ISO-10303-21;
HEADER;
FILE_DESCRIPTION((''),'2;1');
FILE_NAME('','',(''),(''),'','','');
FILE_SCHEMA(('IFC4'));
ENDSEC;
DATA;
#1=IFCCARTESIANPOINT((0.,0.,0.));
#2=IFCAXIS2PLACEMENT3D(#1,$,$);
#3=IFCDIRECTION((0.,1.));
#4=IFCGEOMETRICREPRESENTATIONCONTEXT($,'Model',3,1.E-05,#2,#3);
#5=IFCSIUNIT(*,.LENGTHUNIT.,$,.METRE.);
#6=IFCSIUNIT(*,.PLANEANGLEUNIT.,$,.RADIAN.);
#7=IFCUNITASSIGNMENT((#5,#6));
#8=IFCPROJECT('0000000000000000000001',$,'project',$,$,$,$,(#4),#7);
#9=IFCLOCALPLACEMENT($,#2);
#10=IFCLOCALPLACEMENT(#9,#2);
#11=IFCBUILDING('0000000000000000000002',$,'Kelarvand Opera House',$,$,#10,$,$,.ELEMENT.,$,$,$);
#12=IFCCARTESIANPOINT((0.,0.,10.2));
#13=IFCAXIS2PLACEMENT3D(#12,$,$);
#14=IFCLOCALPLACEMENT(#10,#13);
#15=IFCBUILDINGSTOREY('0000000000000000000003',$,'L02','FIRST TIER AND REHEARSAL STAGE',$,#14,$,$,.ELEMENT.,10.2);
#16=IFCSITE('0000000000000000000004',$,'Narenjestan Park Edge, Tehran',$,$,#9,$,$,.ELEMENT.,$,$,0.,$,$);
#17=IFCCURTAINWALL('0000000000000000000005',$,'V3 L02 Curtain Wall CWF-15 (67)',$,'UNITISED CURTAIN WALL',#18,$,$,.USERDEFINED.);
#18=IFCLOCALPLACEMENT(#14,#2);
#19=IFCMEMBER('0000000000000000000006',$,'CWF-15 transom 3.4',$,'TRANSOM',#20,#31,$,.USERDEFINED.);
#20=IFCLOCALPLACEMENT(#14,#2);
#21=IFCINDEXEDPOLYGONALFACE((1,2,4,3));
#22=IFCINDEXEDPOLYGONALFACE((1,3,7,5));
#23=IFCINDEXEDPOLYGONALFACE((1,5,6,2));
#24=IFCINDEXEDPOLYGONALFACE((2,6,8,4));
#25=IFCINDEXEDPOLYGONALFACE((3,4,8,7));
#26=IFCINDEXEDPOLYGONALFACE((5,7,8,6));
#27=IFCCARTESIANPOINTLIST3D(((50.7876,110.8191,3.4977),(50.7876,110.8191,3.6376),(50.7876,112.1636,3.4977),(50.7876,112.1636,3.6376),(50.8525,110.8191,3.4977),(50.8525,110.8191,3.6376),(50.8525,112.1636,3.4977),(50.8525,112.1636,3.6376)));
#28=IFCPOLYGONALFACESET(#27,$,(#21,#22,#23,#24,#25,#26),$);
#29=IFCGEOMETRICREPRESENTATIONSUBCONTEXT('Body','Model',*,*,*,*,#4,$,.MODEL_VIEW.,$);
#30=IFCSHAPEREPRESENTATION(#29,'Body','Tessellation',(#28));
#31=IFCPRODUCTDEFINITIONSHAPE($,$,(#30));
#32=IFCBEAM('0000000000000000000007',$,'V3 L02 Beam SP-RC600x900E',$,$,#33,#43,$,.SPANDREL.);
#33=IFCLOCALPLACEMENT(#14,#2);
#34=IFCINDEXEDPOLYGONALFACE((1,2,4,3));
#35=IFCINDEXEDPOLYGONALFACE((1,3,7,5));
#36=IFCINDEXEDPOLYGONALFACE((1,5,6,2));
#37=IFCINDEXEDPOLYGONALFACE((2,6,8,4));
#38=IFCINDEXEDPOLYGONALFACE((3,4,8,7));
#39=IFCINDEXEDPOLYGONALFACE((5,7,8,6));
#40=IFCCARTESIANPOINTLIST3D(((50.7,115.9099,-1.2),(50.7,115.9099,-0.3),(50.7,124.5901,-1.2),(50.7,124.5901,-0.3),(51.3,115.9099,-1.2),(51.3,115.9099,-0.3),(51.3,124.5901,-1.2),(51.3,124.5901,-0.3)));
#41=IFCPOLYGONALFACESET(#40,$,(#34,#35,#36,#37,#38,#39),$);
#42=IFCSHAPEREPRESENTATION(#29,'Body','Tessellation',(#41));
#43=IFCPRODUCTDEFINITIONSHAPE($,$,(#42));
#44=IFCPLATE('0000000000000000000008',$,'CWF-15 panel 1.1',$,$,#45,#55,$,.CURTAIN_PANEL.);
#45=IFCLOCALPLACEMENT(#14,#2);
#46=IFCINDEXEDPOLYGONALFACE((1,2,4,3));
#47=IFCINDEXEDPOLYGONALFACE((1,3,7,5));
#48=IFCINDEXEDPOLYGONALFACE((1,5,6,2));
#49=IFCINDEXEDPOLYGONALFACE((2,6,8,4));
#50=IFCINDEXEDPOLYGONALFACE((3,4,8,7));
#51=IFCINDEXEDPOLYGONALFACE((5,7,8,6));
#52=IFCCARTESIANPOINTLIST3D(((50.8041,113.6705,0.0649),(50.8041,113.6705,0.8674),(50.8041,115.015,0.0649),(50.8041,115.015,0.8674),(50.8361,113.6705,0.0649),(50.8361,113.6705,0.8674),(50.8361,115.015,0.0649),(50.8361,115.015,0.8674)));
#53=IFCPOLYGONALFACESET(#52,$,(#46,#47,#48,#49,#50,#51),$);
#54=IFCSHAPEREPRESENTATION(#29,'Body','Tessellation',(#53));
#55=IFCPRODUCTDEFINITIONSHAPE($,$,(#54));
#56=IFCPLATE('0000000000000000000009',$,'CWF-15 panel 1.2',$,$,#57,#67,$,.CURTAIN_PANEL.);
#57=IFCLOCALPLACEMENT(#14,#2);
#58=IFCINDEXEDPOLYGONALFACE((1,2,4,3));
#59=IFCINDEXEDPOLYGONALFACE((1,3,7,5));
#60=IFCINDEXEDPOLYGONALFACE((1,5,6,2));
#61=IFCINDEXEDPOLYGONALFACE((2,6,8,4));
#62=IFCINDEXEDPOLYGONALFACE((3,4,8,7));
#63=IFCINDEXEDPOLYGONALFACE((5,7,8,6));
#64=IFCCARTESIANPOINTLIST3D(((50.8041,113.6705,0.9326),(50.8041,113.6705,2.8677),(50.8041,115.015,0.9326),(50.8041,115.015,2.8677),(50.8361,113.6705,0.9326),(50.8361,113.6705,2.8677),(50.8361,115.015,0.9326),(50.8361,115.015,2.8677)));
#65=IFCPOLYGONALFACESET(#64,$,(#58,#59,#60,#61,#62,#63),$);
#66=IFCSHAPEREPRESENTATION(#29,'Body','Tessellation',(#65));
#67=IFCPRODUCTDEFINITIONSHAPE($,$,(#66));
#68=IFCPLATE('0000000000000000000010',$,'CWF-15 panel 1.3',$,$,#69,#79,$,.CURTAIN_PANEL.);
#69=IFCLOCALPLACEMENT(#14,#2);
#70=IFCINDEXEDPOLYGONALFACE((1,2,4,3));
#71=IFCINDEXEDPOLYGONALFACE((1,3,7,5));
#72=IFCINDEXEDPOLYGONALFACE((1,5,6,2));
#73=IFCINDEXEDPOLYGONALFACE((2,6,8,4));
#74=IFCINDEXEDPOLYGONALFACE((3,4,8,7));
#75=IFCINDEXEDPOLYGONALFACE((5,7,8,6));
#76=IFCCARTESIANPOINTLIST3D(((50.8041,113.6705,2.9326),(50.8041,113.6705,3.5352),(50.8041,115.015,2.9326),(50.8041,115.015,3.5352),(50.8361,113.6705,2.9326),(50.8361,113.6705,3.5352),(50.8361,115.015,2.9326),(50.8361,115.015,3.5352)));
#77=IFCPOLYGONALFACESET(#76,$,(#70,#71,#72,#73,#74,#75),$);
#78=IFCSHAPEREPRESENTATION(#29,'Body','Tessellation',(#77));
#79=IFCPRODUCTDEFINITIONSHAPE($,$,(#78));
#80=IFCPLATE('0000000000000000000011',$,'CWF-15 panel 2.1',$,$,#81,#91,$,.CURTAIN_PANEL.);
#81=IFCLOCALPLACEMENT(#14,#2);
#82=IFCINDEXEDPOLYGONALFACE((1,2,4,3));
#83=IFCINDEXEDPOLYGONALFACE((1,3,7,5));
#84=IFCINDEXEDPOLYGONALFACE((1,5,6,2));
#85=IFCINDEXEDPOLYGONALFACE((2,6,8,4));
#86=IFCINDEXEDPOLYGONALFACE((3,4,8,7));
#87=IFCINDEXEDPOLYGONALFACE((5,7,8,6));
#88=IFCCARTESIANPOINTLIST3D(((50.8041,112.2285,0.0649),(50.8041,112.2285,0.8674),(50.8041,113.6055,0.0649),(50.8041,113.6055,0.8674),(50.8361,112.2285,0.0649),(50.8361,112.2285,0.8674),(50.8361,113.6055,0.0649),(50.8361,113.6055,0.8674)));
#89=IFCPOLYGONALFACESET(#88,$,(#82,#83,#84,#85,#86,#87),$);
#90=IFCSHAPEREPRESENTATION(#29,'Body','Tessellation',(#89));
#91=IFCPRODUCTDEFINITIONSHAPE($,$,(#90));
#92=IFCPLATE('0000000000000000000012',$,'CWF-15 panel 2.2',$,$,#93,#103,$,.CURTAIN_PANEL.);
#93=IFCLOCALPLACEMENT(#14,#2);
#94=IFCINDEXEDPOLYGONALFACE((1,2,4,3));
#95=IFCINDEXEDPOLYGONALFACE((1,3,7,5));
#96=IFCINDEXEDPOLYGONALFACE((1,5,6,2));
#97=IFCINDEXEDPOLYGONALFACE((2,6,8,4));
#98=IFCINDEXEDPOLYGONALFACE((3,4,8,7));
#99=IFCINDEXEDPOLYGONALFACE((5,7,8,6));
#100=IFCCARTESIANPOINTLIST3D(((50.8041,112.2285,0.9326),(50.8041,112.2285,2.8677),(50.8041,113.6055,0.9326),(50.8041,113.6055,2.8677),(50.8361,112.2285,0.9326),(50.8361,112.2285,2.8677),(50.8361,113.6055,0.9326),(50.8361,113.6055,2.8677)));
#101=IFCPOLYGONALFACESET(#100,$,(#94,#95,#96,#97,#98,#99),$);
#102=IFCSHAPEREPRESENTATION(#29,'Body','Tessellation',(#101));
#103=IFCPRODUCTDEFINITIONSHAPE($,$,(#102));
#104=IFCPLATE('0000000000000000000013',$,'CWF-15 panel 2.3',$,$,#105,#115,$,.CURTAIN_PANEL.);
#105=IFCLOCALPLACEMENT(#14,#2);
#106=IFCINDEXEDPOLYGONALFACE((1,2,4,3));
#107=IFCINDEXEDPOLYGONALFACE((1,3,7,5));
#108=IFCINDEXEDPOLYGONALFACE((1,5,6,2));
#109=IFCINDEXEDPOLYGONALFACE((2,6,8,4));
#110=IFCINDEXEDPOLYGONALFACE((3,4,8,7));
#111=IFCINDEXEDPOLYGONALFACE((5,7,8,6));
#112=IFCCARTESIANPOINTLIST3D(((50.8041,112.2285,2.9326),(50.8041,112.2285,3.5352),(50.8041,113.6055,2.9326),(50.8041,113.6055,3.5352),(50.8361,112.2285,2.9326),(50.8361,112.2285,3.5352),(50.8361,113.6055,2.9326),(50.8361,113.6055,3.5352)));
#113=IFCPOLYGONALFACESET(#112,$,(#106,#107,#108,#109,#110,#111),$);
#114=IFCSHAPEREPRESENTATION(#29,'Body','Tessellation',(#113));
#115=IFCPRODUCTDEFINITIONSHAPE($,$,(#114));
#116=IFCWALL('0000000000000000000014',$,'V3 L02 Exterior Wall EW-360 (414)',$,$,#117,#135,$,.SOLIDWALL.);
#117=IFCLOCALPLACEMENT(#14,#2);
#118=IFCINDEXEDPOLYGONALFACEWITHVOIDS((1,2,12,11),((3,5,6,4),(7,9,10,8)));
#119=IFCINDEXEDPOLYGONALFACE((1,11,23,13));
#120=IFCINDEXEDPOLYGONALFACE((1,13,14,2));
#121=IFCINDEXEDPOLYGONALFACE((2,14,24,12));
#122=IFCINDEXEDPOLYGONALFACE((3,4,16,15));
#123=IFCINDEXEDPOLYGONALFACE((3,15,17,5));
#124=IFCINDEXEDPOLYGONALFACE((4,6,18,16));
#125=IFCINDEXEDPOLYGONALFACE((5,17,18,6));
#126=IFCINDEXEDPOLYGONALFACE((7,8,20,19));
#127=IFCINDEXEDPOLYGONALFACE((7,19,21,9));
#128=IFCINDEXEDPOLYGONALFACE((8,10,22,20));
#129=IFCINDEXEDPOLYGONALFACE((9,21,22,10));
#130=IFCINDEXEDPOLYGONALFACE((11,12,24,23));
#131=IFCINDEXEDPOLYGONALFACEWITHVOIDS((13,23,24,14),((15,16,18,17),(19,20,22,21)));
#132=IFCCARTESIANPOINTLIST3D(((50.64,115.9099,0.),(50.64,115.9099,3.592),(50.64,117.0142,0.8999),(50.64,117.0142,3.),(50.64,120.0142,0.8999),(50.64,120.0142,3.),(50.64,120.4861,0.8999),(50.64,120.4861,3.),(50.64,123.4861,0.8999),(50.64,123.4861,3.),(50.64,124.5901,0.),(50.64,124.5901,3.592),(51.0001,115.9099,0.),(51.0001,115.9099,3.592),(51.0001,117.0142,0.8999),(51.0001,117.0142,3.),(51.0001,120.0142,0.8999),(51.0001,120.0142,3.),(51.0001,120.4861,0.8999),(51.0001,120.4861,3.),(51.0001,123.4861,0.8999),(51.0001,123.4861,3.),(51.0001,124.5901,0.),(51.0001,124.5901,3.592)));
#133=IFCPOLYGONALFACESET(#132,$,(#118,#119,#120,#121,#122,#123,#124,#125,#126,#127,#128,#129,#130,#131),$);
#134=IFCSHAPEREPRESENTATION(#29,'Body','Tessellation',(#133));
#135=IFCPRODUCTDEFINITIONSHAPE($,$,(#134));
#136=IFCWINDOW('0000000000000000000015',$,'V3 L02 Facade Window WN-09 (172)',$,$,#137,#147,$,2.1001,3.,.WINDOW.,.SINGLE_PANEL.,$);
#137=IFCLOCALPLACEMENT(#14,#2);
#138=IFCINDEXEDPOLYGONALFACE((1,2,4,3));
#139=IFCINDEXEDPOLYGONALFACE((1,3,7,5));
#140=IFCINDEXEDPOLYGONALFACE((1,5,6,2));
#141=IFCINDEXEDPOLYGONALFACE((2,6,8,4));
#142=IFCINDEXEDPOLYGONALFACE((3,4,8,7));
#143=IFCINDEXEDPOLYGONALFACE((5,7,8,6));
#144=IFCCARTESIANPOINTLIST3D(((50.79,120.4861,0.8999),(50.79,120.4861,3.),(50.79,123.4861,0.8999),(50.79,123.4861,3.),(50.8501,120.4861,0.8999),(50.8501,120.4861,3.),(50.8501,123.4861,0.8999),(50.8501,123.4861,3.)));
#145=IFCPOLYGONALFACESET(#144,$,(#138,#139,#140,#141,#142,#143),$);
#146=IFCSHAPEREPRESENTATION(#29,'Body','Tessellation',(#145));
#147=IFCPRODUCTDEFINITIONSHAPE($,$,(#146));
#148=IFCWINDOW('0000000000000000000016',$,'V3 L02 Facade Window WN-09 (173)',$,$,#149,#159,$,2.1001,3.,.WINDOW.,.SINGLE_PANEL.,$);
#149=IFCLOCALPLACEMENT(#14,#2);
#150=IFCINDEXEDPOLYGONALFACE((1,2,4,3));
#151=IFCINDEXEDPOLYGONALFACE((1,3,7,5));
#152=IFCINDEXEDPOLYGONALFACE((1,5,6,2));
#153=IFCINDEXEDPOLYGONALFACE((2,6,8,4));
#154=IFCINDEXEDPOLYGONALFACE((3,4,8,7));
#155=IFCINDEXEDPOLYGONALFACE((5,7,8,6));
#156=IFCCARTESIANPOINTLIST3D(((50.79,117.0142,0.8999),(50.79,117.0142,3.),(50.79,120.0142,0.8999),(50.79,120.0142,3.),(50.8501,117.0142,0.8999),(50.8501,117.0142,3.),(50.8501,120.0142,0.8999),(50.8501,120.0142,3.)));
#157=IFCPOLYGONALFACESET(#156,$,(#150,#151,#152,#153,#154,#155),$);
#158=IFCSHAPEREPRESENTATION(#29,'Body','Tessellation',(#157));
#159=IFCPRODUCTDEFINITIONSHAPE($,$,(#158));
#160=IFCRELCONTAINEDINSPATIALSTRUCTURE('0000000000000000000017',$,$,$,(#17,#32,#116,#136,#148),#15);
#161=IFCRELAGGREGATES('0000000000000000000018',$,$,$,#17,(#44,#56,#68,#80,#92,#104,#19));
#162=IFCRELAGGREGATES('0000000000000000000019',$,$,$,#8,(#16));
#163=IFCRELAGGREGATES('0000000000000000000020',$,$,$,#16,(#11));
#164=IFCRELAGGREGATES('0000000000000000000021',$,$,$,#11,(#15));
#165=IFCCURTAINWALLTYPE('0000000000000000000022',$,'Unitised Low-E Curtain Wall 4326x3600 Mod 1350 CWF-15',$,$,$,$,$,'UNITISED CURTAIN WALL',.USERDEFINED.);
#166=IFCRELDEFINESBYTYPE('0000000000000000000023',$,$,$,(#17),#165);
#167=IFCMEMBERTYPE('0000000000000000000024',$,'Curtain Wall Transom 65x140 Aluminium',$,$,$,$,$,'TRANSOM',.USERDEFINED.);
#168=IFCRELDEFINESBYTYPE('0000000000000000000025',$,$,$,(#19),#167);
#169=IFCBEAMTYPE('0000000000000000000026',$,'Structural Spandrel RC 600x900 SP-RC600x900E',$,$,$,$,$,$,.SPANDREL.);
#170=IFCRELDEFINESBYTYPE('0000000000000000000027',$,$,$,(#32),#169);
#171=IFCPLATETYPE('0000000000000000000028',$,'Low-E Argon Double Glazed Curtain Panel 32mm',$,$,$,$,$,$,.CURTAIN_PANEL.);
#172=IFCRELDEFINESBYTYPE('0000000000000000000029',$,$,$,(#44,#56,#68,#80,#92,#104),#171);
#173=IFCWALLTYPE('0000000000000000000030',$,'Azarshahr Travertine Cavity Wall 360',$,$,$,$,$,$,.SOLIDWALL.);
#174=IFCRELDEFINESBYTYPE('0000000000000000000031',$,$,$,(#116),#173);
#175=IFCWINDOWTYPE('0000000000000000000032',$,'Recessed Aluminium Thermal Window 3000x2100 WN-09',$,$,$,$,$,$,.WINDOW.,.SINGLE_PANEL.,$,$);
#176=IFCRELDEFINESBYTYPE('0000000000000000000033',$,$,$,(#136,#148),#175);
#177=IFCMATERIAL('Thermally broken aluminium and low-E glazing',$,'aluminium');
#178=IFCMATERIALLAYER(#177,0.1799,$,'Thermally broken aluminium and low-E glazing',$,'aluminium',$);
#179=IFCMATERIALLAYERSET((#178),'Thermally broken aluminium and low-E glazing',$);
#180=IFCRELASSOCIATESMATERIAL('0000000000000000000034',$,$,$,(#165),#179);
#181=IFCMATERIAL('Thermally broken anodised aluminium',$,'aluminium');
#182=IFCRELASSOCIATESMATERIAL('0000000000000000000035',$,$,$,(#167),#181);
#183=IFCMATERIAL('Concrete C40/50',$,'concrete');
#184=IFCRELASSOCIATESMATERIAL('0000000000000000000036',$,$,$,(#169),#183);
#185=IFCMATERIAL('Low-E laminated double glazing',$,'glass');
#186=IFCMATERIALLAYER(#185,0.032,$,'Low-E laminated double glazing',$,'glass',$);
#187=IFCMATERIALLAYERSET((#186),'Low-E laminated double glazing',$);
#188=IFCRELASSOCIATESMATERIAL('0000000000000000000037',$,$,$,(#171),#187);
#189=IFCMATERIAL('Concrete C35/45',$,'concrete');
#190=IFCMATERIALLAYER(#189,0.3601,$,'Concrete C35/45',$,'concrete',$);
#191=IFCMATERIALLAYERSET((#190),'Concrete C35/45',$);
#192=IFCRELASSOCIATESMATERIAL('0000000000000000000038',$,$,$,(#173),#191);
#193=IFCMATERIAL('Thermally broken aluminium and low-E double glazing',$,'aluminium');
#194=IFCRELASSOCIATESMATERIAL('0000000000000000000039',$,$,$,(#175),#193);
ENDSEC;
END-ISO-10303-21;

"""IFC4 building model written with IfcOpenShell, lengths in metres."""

from ifc_helpers import new_model, si_unit, direction, frame, frame_2d, origin, origin_2d, place, context, subcontext, project, spatial, rectangle, extrude, material, layer, layer_set, material_profile, profile_set, type_object, element, fill, aggregate, save


model = new_model("IFC4")

# Units and contexts
model_context = context("Model", 3, precision=1e-05, world=origin(), true_north=direction((0.0, 1.0)))
body_context = subcontext(model_context, "Body", "Model", "MODEL_VIEW")
ifc_project = project(units=[si_unit("LENGTHUNIT", "METRE"), si_unit("PLANEANGLEUNIT", "RADIAN")], contexts=[model_context])

# Site, building, storey
site_placement = place(None, origin())
site = spatial("IfcSite", under=ifc_project, at=site_placement, Name="Narenjestan Park Edge, Tehran", CompositionType="ELEMENT", RefElevation=0.0)
building_placement = place(site_placement, origin())
building = spatial("IfcBuilding", under=site, at=building_placement, Name="Kelarvand Opera House", CompositionType="ELEMENT")
storey_placement = place(building_placement, frame((0.0, 0.0, 10.2)))
storey = spatial("IfcBuildingStorey", under=building, at=storey_placement, Name="L02", Description="FIRST TIER AND REHEARSAL STAGE", CompositionType="ELEMENT", Elevation=10.2)

# Shared definitions
ifc_material_1 = material(Name="Concrete C40/50", Category="concrete")

# Curtain wall, member
ifc_material_2 = material(Name="Thermally broken aluminium and low-E glazing", Category="aluminium")
ifc_layer_1 = layer(ifc_material_2, 0.1799, Name="Thermally broken aluminium and low-E glazing", Category="aluminium")
ifc_layer_set_1 = layer_set([ifc_layer_1], Name="Thermally broken aluminium and low-E glazing")
curtain_wall_type = type_object("IfcCurtainWallType", Name="Unitised Low-E Curtain Wall 4326x3600 Mod 1350 CWF-15", ElementType="UNITISED CURTAIN WALL", PredefinedType="USERDEFINED", material=ifc_layer_set_1)
curtain_wall_placement = place(storey_placement, origin())
curtain_wall = element("IfcCurtainWall", 1, at=curtain_wall_placement, inside=storey, type_object=curtain_wall_type, Name="V3 L02 Curtain Wall CWF-15 (67)", ObjectType="UNITISED CURTAIN WALL", PredefinedType="USERDEFINED")
ifc_material_3 = material(Name="Thermally broken anodised aluminium", Category="aluminium")
ifc_material_profile_1 = material_profile(ifc_material_3, rectangle(XDim=0.0649, YDim=0.1399, at=origin_2d()), Name="ALU TRANSOM 65x140", Category="aluminium")
ifc_profile_set_1 = profile_set([ifc_material_profile_1], Name="Thermally broken anodised aluminium")
member_type_1 = type_object("IfcMemberType", Name="Curtain Wall Transom 65x140 Aluminium", ElementType="TRANSOM", PredefinedType="USERDEFINED", material=ifc_profile_set_1)
member_1_placement = place(storey_placement, frame((50.8201, 112.1636, 3.5676), z_axis=(0.0, -1.0, 0.0), x_axis=(1.0, 0.0, 0.0)))
member_1 = element("IfcMember", 2, at=member_1_placement, type_object=member_type_1, Name="CWF-15 transom 3.4", ObjectType="TRANSOM", PredefinedType="USERDEFINED", context=body_context, shape_type="SweptSolid", body=[
    extrude(rectangle(XDim=0.0649, YDim=0.1399, at=origin_2d()), origin(), (0.0, 0.0, 1.0), 1.3445),
])

# Beam
ifc_material_profile_2 = material_profile(ifc_material_1, rectangle(XDim=0.6001, YDim=0.8999, at=origin_2d()), Name="RC 600x900", Category="concrete")
ifc_profile_set_2 = profile_set([ifc_material_profile_2], Name="Concrete C40/50")
beam_type = type_object("IfcBeamType", Name="Structural Spandrel RC 600x900 SP-RC600x900E", PredefinedType="SPANDREL", material=ifc_profile_set_2)
beam_placement = place(storey_placement, frame((51.0, 115.9099, -0.75), z_axis=(0.0, 1.0, 0.0), x_axis=(-1.0, 0.0, 0.0)))
element("IfcBeam", 3, at=beam_placement, inside=storey, type_object=beam_type, Name="V3 L02 Beam SP-RC600x900E", PredefinedType="SPANDREL", context=body_context, shape_type="SweptSolid", body=[
    extrude(rectangle(XDim=0.6001, YDim=0.8999, at=origin_2d()), origin(), (0.0, 0.0, 1.0), 8.6802),
])

# Plates
ifc_material_4 = material(Name="Low-E laminated double glazing", Category="glass")
ifc_layer_2 = layer(ifc_material_4, 0.032, Name="Low-E laminated double glazing", Category="glass")
ifc_layer_set_2 = layer_set([ifc_layer_2], Name="Low-E laminated double glazing")
plate_type = type_object("IfcPlateType", Name="Low-E Argon Double Glazed Curtain Panel 32mm", PredefinedType="CURTAIN_PANEL", material=ifc_layer_set_2)
plate_1_placement = place(storey_placement, frame((50.8201, 114.3428, 0.0649), z_axis=(0.0, 0.0, 1.0), x_axis=(0.0, -1.0, 0.0)))
plate_1 = element("IfcPlate", 4, at=plate_1_placement, type_object=plate_type, Name="CWF-15 panel 1.1", PredefinedType="CURTAIN_PANEL", context=body_context, shape_type="SweptSolid", body=[
    extrude(rectangle(XDim=1.3445, YDim=0.032, at=origin_2d()), origin(), (0.0, 0.0, 1.0), 0.8025),
])
plate_2_placement = place(storey_placement, frame((50.8201, 114.3428, 0.9326), z_axis=(0.0, 0.0, 1.0), x_axis=(0.0, -1.0, 0.0)))
plate_2 = element("IfcPlate", 5, at=plate_2_placement, type_object=plate_type, Name="CWF-15 panel 1.2", PredefinedType="CURTAIN_PANEL", context=body_context, shape_type="SweptSolid", body=[
    extrude(rectangle(XDim=1.3445, YDim=0.032, at=origin_2d()), origin(), (0.0, 0.0, 1.0), 1.9351),
])
plate_3_placement = place(storey_placement, frame((50.8201, 114.3428, 2.9326), z_axis=(0.0, 0.0, 1.0), x_axis=(0.0, -1.0, 0.0)))
plate_3 = element("IfcPlate", 6, at=plate_3_placement, type_object=plate_type, Name="CWF-15 panel 1.3", PredefinedType="CURTAIN_PANEL", context=body_context, shape_type="SweptSolid", body=[
    extrude(rectangle(XDim=1.3445, YDim=0.032, at=origin_2d()), origin(), (0.0, 0.0, 1.0), 0.6025),
])
plate_4_placement = place(storey_placement, frame((50.8201, 112.917, 0.0649), z_axis=(0.0, 0.0, 1.0), x_axis=(0.0, -1.0, 0.0)))
plate_4 = element("IfcPlate", 7, at=plate_4_placement, type_object=plate_type, Name="CWF-15 panel 2.1", PredefinedType="CURTAIN_PANEL", context=body_context, shape_type="SweptSolid", body=[
    extrude(rectangle(XDim=1.377, YDim=0.032, at=origin_2d()), origin(), (0.0, 0.0, 1.0), 0.8025),
])
plate_5_placement = place(storey_placement, frame((50.8201, 112.917, 0.9326), z_axis=(0.0, 0.0, 1.0), x_axis=(0.0, -1.0, 0.0)))
plate_5 = element("IfcPlate", 8, at=plate_5_placement, type_object=plate_type, Name="CWF-15 panel 2.2", PredefinedType="CURTAIN_PANEL", context=body_context, shape_type="SweptSolid", body=[
    extrude(rectangle(XDim=1.377, YDim=0.032, at=origin_2d()), origin(), (0.0, 0.0, 1.0), 1.9351),
])
plate_6_placement = place(storey_placement, frame((50.8201, 112.917, 2.9326), z_axis=(0.0, 0.0, 1.0), x_axis=(0.0, -1.0, 0.0)))
plate_6 = element("IfcPlate", 9, at=plate_6_placement, type_object=plate_type, Name="CWF-15 panel 2.3", PredefinedType="CURTAIN_PANEL", context=body_context, shape_type="SweptSolid", body=[
    extrude(rectangle(XDim=1.377, YDim=0.032, at=origin_2d()), origin(), (0.0, 0.0, 1.0), 0.6025),
])
aggregate(curtain_wall, [plate_1, plate_2, plate_3, plate_4, plate_5, plate_6, member_1])

# Wall, openings, windows
ifc_material_5 = material(Name="Concrete C35/45", Category="concrete")
ifc_layer_3 = layer(ifc_material_5, 0.3601, Name="Concrete C35/45", Category="concrete")
ifc_layer_set_3 = layer_set([ifc_layer_3], Name="Concrete C35/45")
wall_type = type_object("IfcWallType", Name="Azarshahr Travertine Cavity Wall 360", PredefinedType="SOLIDWALL", material=ifc_layer_set_3)
wall_placement = place(storey_placement, frame((50.8201, 124.5901, 0.0), z_axis=(0.0, 0.0, 1.0), x_axis=(0.0, -1.0, 0.0)))
wall = element("IfcWall", 10, at=wall_placement, inside=storey, type_object=wall_type, Name="V3 L02 Exterior Wall EW-360 (414)", PredefinedType="SOLIDWALL", context=body_context, shape_type="SweptSolid", body=[
    extrude(rectangle(XDim=8.6802, YDim=0.3601, at=frame_2d((4.3401, 0.0))), origin(), (0.0, 0.0, 1.0), 3.592),
])
opening_1_placement = place(wall_placement, frame((1.104, 0.0, 0.8999)))
opening_1 = element("IfcOpeningElement", 11, at=opening_1_placement, cuts=wall, PredefinedType="OPENING", context=body_context, shape_type="SweptSolid", body=[
    extrude(rectangle(XDim=3.0, YDim=2.1001, at=frame_2d((1.5, 1.05))), frame((0.0, 0.1899, 0.0), z_axis=(0.0, -1.0, 0.0), x_axis=(1.0, 0.0, 0.0)), (0.0, 0.0, 1.0), 0.3801),
])
opening_2_placement = place(wall_placement, frame((4.5759, 0.0, 0.8999)))
opening_2 = element("IfcOpeningElement", 12, at=opening_2_placement, cuts=wall, PredefinedType="OPENING", context=body_context, shape_type="SweptSolid", body=[
    extrude(rectangle(XDim=3.0, YDim=2.1001, at=frame_2d((1.5, 1.05))), frame((0.0, 0.1899, 0.0), z_axis=(0.0, -1.0, 0.0), x_axis=(1.0, 0.0, 0.0)), (0.0, 0.0, 1.0), 0.3801),
])
ifc_material_6 = material(Name="Thermally broken aluminium and low-E double glazing", Category="aluminium")
window_type = type_object("IfcWindowType", Name="Recessed Aluminium Thermal Window 3000x2100 WN-09", PartitioningType="SINGLE_PANEL", PredefinedType="WINDOW", material=ifc_material_6)
window_1_placement = place(opening_1_placement, origin())
window_1 = element("IfcWindow", 13, at=window_1_placement, inside=storey, type_object=window_type, Name="V3 L02 Facade Window WN-09 (172)", OverallHeight=2.1001, OverallWidth=3.0, PartitioningType="SINGLE_PANEL", PredefinedType="WINDOW", context=body_context, shape_type="SweptSolid", body=[
    extrude(rectangle(XDim=3.0, YDim=2.1001, at=frame_2d((1.5, 1.05))), frame((0.0, 0.03, 0.0), z_axis=(0.0, -1.0, 0.0), x_axis=(1.0, 0.0, 0.0)), (0.0, 0.0, 1.0), 0.0601),
])
fill(opening_1, window_1)
window_2_placement = place(opening_2_placement, origin())
window_2 = element("IfcWindow", 14, at=window_2_placement, inside=storey, type_object=window_type, Name="V3 L02 Facade Window WN-09 (173)", OverallHeight=2.1001, OverallWidth=3.0, PartitioningType="SINGLE_PANEL", PredefinedType="WINDOW", context=body_context, shape_type="SweptSolid", body=[
    extrude(rectangle(XDim=3.0, YDim=2.1001, at=frame_2d((1.5, 1.05))), frame((0.0, 0.03, 0.0), z_axis=(0.0, -1.0, 0.0), x_axis=(1.0, 0.0, 0.0)), (0.0, 0.0, 1.0), 0.0601),
])
fill(opening_2, window_2)

save(model, "model.ifc")
